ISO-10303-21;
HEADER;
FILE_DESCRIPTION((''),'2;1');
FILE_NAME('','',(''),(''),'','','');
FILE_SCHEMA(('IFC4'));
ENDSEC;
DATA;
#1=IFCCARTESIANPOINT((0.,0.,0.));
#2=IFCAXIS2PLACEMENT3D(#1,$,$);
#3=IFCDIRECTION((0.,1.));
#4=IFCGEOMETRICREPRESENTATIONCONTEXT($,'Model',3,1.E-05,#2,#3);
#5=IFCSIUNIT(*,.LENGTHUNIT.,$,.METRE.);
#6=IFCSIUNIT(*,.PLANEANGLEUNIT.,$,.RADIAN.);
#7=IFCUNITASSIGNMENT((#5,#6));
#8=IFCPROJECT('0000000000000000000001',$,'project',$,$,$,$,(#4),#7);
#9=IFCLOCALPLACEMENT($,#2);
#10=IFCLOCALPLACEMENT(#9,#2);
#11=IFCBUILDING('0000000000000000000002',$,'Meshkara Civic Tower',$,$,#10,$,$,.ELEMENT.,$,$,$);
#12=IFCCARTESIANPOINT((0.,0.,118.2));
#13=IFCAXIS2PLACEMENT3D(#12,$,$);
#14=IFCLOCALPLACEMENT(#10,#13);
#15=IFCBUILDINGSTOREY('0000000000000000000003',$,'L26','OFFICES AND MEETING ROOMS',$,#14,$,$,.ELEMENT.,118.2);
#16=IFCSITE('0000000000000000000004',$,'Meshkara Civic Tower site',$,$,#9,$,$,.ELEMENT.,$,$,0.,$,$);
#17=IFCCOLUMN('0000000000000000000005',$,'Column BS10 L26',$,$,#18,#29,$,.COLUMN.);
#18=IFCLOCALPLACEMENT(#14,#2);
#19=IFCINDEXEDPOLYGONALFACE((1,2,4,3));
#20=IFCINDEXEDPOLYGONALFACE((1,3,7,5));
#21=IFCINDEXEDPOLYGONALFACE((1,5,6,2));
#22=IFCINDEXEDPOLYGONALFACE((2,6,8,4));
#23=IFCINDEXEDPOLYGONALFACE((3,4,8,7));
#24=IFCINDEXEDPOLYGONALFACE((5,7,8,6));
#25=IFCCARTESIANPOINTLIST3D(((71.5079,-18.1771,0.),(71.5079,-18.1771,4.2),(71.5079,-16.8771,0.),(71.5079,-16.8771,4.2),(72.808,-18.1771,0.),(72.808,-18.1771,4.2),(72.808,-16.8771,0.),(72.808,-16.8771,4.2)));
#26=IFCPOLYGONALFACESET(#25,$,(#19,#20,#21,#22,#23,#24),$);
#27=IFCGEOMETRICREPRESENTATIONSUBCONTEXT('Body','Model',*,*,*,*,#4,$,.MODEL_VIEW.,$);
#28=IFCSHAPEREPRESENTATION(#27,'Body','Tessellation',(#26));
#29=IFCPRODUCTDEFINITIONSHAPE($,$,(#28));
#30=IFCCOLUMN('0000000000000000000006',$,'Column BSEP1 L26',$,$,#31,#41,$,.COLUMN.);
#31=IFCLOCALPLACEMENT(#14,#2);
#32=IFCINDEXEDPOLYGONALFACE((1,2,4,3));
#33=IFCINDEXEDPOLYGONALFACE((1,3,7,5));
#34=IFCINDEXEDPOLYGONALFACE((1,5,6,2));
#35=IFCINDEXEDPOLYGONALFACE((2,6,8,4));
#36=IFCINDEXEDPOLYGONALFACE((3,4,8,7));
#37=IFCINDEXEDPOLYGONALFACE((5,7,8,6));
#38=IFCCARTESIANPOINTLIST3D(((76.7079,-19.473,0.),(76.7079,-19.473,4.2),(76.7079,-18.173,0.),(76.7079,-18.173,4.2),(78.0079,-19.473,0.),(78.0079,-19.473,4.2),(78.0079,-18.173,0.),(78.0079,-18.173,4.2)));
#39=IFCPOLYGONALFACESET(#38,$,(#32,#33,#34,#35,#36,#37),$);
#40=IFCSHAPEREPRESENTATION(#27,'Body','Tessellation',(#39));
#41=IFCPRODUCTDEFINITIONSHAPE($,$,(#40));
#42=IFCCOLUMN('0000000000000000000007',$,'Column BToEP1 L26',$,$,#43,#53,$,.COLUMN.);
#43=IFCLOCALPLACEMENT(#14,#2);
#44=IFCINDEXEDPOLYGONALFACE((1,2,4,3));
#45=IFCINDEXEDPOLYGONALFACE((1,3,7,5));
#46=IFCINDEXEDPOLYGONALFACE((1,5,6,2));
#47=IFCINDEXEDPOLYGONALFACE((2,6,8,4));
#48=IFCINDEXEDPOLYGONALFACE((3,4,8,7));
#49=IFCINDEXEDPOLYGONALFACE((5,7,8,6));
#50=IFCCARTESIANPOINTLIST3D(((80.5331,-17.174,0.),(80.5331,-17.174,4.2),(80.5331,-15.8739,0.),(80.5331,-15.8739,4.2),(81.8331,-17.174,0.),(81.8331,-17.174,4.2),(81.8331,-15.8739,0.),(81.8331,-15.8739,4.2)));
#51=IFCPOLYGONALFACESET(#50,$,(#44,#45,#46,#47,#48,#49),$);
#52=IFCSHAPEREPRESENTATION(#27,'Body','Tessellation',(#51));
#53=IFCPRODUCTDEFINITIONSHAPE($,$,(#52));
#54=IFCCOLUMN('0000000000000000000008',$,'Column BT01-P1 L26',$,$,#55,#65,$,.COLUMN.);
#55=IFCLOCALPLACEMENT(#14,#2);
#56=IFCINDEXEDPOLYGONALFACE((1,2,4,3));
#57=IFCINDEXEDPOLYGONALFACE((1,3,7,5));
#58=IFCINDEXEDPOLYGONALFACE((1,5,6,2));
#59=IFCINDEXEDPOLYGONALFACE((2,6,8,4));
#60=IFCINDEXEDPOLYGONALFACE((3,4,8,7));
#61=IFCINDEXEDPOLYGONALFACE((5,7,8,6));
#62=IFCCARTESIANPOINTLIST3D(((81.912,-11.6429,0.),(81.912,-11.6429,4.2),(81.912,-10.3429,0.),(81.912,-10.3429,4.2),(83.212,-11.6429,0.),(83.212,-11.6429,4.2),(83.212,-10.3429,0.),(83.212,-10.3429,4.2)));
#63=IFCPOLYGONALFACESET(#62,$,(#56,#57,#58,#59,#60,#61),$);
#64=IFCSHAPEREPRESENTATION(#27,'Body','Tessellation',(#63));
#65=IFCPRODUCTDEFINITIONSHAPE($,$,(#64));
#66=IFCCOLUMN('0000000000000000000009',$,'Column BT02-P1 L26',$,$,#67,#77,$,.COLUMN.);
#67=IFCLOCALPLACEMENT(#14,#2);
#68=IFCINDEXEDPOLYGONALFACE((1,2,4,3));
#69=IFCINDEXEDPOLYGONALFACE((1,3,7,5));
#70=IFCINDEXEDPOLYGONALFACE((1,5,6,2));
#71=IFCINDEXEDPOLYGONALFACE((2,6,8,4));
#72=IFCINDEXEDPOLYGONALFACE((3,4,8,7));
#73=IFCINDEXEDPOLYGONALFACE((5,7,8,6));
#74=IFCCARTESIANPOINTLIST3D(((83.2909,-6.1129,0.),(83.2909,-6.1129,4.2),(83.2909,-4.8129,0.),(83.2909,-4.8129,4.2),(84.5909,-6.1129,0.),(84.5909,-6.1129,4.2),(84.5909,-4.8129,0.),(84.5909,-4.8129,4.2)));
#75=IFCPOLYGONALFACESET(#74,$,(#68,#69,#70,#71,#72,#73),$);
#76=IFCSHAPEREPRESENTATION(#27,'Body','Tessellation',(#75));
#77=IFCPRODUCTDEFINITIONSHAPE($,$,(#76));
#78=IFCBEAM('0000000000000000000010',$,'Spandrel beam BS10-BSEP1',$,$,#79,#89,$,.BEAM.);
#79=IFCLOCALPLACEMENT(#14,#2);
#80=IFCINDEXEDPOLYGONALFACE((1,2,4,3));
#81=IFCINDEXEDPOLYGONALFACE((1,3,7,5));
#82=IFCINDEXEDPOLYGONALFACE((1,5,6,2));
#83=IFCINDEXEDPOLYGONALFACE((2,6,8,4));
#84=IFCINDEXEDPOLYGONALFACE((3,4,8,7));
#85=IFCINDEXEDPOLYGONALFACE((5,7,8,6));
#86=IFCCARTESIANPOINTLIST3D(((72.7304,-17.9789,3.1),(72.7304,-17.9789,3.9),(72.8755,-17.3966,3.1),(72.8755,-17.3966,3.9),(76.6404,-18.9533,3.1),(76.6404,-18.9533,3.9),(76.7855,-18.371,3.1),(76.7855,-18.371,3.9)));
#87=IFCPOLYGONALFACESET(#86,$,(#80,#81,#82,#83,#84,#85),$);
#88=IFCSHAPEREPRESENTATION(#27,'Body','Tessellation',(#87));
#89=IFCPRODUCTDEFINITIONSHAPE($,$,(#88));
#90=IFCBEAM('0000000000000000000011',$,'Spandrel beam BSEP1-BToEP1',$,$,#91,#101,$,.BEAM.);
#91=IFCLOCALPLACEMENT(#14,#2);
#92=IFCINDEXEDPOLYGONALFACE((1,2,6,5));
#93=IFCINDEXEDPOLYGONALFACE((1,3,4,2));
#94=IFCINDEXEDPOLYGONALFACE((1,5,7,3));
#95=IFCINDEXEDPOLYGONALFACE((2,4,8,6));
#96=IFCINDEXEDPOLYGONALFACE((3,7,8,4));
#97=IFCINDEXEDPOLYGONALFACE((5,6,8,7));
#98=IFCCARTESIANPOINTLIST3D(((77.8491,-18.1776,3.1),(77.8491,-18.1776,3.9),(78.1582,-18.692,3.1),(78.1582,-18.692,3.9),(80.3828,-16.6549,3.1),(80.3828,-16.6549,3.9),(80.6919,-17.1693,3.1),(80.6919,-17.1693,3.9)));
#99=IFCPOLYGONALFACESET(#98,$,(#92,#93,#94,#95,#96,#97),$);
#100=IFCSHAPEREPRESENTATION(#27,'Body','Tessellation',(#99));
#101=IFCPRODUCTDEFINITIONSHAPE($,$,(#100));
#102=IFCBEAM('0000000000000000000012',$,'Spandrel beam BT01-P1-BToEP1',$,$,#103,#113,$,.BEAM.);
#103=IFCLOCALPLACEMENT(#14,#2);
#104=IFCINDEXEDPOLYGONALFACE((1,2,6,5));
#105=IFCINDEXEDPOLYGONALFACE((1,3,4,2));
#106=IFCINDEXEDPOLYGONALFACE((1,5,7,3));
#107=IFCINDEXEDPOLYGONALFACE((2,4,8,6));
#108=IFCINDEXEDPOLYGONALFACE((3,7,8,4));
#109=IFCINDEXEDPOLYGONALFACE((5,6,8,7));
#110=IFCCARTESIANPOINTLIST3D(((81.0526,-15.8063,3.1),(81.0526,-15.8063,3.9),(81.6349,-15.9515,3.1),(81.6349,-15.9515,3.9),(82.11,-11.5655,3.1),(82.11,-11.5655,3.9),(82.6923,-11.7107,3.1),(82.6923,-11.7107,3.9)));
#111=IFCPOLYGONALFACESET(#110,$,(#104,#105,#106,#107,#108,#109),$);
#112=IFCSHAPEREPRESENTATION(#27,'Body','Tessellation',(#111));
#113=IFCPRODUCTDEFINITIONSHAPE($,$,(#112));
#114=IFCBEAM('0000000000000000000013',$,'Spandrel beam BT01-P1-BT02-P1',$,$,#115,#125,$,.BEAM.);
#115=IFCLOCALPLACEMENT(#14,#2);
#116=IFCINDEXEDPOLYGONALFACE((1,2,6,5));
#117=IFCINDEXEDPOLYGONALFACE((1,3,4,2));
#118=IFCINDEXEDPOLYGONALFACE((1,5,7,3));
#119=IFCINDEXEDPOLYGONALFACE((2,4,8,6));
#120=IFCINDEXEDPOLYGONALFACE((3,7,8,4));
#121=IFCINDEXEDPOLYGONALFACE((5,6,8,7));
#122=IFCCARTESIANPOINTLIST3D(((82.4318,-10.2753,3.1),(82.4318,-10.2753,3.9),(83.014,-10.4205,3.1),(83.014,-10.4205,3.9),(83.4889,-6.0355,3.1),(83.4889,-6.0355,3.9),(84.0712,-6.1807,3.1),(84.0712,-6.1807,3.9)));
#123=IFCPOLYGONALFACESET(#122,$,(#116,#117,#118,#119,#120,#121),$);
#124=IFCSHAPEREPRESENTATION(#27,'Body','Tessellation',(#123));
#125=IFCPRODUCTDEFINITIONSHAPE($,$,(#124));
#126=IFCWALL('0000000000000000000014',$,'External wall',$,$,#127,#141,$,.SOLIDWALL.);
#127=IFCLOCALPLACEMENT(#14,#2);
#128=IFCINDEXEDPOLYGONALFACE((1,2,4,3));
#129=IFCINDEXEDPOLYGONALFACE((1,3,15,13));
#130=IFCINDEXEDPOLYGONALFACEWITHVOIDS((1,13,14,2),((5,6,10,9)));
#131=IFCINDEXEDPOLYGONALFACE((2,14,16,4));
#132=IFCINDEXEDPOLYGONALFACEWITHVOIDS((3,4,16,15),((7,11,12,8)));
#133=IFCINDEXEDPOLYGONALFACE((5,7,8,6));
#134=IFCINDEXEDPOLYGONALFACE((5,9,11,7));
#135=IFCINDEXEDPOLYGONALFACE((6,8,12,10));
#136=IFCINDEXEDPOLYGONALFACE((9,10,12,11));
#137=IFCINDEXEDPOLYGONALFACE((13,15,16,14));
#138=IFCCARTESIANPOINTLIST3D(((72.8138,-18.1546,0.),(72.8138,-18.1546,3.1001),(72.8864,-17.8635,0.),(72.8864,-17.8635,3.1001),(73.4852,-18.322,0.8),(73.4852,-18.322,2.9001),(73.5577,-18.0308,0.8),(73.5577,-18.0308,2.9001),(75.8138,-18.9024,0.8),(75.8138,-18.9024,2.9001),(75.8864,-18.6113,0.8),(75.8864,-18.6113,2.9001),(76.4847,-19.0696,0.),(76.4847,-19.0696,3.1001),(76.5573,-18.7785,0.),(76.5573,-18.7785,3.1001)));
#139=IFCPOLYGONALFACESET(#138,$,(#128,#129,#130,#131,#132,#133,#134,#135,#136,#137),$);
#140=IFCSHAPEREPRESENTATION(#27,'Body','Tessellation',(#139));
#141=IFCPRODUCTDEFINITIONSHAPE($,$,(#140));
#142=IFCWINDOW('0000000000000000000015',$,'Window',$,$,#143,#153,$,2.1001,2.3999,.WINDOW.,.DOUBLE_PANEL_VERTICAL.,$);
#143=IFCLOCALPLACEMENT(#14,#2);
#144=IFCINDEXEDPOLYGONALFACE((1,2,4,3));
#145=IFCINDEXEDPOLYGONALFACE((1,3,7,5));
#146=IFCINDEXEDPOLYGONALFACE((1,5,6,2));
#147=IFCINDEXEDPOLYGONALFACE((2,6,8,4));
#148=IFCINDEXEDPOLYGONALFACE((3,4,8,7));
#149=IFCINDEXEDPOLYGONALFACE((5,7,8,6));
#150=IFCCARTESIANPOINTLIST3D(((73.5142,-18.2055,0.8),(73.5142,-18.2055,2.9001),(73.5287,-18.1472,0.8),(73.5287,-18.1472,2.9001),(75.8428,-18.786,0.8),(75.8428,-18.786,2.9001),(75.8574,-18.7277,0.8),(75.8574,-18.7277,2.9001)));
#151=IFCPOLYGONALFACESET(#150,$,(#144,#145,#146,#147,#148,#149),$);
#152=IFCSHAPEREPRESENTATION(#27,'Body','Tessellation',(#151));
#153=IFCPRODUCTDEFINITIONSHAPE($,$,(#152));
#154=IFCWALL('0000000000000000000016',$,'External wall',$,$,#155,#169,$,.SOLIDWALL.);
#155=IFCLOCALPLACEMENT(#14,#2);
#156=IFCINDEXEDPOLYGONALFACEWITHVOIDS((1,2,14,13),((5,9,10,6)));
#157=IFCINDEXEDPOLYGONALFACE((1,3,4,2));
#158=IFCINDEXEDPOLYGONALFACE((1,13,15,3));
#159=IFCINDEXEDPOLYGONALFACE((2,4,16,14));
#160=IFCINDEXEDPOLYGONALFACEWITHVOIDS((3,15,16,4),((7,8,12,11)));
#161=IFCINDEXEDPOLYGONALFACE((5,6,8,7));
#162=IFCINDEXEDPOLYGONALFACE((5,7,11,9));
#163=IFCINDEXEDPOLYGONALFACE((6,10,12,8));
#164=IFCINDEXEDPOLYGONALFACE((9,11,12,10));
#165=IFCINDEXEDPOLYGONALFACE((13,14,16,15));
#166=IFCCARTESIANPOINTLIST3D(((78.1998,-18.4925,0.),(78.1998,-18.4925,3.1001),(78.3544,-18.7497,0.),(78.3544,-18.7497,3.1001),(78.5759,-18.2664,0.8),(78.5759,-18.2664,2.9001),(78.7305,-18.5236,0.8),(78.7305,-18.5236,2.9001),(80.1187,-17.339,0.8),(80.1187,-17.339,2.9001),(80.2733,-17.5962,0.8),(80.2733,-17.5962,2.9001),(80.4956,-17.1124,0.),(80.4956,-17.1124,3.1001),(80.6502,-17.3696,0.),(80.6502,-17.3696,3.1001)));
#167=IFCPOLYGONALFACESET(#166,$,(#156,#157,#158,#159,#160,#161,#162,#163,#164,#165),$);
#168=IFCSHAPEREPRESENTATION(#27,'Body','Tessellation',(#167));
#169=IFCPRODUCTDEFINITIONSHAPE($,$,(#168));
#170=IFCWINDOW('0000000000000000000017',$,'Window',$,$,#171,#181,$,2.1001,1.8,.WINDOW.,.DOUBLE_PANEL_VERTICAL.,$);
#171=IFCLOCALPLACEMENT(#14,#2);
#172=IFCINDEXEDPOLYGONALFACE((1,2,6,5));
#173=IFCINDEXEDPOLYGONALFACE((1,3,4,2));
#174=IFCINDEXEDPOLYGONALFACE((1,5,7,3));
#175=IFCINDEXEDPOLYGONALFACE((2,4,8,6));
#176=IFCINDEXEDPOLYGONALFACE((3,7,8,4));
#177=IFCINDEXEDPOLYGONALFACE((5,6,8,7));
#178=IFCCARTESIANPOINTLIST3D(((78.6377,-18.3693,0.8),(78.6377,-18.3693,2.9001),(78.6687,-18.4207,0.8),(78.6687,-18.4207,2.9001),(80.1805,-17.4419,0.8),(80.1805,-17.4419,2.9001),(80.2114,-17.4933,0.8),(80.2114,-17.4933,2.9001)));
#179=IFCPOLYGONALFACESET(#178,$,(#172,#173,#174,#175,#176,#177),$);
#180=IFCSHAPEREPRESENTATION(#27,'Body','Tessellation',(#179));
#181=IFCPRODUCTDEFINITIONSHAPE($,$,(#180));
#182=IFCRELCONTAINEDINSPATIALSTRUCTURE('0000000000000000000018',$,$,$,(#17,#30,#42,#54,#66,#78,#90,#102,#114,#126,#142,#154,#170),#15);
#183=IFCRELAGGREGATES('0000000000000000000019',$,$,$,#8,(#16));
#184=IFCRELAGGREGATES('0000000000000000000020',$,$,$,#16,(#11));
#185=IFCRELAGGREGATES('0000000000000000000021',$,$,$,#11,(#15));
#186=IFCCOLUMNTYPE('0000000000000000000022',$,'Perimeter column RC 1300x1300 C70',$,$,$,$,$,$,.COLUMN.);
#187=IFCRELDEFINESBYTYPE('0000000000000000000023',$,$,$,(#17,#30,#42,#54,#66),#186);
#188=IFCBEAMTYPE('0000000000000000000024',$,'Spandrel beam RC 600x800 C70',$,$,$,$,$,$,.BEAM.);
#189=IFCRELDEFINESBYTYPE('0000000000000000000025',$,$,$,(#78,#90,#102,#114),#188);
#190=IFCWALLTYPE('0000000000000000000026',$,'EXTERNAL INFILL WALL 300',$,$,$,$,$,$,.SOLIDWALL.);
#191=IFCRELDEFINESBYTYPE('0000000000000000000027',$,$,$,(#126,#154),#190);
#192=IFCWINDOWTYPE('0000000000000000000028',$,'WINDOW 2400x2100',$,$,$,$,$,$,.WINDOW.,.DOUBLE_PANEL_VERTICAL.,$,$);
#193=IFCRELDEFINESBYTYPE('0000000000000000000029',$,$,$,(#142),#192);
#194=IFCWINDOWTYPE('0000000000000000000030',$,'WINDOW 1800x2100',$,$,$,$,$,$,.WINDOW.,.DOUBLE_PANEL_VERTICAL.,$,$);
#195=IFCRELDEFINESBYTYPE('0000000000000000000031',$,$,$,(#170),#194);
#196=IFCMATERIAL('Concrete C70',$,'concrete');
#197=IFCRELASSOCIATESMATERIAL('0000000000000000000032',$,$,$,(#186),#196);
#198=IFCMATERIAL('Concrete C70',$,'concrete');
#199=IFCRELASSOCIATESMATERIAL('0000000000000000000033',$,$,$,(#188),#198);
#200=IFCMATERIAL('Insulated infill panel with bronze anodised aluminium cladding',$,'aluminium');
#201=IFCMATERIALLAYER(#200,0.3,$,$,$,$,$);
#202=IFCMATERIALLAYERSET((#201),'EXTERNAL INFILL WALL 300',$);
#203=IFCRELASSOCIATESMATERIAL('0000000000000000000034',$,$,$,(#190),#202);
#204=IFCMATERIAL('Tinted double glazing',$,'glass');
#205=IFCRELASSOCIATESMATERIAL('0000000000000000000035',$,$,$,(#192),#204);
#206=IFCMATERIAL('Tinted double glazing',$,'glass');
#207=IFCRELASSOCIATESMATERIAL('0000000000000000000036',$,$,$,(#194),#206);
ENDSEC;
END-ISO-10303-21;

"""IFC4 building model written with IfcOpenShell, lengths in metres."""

from ifc_helpers import new_model, si_unit, direction, frame, frame_2d, origin, origin_2d, place, context, subcontext, project, spatial, rectangle, extrude, material, layer, layer_set, material_profile, profile_set, type_object, element, fill, save


model = new_model("IFC4")

# Units and contexts
model_context = context("Model", 3, precision=1e-05, world=origin(), true_north=direction((0.0, 1.0)))
body_context = subcontext(model_context, "Body", "Model", "MODEL_VIEW")
ifc_project = project(units=[si_unit("LENGTHUNIT", "METRE"), si_unit("PLANEANGLEUNIT", "RADIAN")], contexts=[model_context])

# Site, building, storey
site_placement = place(None, origin())
site = spatial("IfcSite", under=ifc_project, at=site_placement, Name="Meshkara Civic Tower site", CompositionType="ELEMENT", RefElevation=0.0)
building_placement = place(site_placement, origin())
building = spatial("IfcBuilding", under=site, at=building_placement, Name="Meshkara Civic Tower", CompositionType="ELEMENT")
storey_placement = place(building_placement, frame((0.0, 0.0, 118.2)))
storey = spatial("IfcBuildingStorey", under=building, at=storey_placement, Name="L26", Description="OFFICES AND MEETING ROOMS", CompositionType="ELEMENT", Elevation=118.2)

# Columns
ifc_material_1 = material(Name="Concrete C70", Category="concrete")
ifc_material_profile_1 = material_profile(ifc_material_1, rectangle(XDim=1.3, YDim=1.3, at=origin_2d()))
ifc_profile_set_1 = profile_set([ifc_material_profile_1], Name="Concrete C70")
column_type = type_object("IfcColumnType", Name="Perimeter column RC 1300x1300 C70", PredefinedType="COLUMN", material=ifc_profile_set_1)
for number, where, z_axis, x_axis, name in (
    (1, (72.158, -17.5271, 0.0), (0.0, 0.0, 1.0), (1.0, 0.0, 0.0), "Column BS10 L26"),
    (2, (77.3579, -18.823, 0.0), (0.0, 0.0, 1.0), (1.0, 0.0, 0.0), "Column BSEP1 L26"),
    (3, (81.1831, -16.5239, 0.0), (0.0, 0.0, 1.0), (1.0, 0.0, 0.0), "Column BToEP1 L26"),
    (4, (82.562, -10.9929, 0.0), (0.0, 0.0, 1.0), (1.0, 0.0, 0.0), "Column BT01-P1 L26"),
    (5, (83.9409, -5.4629, 0.0), (0.0, 0.0, 1.0), (1.0, 0.0, 0.0), "Column BT02-P1 L26"),
):
    element("IfcColumn", number, at=place(storey_placement, frame(where, z_axis=z_axis, x_axis=x_axis)), inside=storey, type_object=column_type, Name=name, PredefinedType="COLUMN", context=body_context, shape_type="SweptSolid", body=[
        extrude(rectangle(XDim=1.3, YDim=1.3, at=origin_2d()), origin(), (0.0, 0.0, 1.0), 4.2),
    ])

# Beams
ifc_material_2 = material(Name="Concrete C70", Category="concrete")
ifc_material_profile_2 = material_profile(ifc_material_2, rectangle(XDim=0.6001, YDim=0.8, at=origin_2d()))
ifc_profile_set_2 = profile_set([ifc_material_profile_2], Name="Concrete C70")
beam_type = type_object("IfcBeamType", Name="Spandrel beam RC 600x800 C70", PredefinedType="BEAM", material=ifc_profile_set_2)
beam_1_placement = place(storey_placement, frame((72.803, -17.6877, 3.5), z_axis=(0.970324, -0.241808, 0.0), x_axis=(0.241808, 0.970324, 0.0)))
element("IfcBeam", 6, at=beam_1_placement, inside=storey, type_object=beam_type, Name="Spandrel beam BS10-BSEP1", PredefinedType="BEAM", context=body_context, shape_type="SweptSolid", body=[
    extrude(rectangle(XDim=0.6001, YDim=0.8, at=origin_2d()), origin(), (0.0, 0.0, 1.0), 4.0295),
])
beam_2_placement = place(storey_placement, frame((78.0037, -18.4348, 3.5), z_axis=(0.857121, 0.515115, 0.0), x_axis=(-0.515115, 0.857121, 0.0)))
element("IfcBeam", 7, at=beam_2_placement, inside=storey, type_object=beam_type, Name="Spandrel beam BSEP1-BToEP1", PredefinedType="BEAM", context=body_context, shape_type="SweptSolid", body=[
    extrude(rectangle(XDim=0.6001, YDim=0.8, at=origin_2d()), origin(), (0.0, 0.0, 1.0), 2.9561),
])
beam_3_placement = place(storey_placement, frame((81.3438, -15.8789, 3.5), z_axis=(0.241931, 0.970293, 0.0), x_axis=(-0.970293, 0.241931, 0.0)))
element("IfcBeam", 8, at=beam_3_placement, inside=storey, type_object=beam_type, Name="Spandrel beam BT01-P1-BToEP1", PredefinedType="BEAM", context=body_context, shape_type="SweptSolid", body=[
    extrude(rectangle(XDim=0.6001, YDim=0.8, at=origin_2d()), origin(), (0.0, 0.0, 1.0), 4.3706),
])
beam_4_placement = place(storey_placement, frame((82.7229, -10.3479, 3.5), z_axis=(0.241931, 0.970293, 0.0), x_axis=(-0.970293, 0.241931, 0.0)))
element("IfcBeam", 9, at=beam_4_placement, inside=storey, type_object=beam_type, Name="Spandrel beam BT01-P1-BT02-P1", PredefinedType="BEAM", context=body_context, shape_type="SweptSolid", body=[
    extrude(rectangle(XDim=0.6001, YDim=0.8, at=origin_2d()), origin(), (0.0, 0.0, 1.0), 4.3696),
])

# Walls, openings, windows
ifc_material_3 = material(Name="Insulated infill panel with bronze anodised aluminium cladding", Category="aluminium")
ifc_layer_1 = layer(ifc_material_3, 0.3)
ifc_layer_set_1 = layer_set([ifc_layer_1], Name="EXTERNAL INFILL WALL 300")
wall_type_1 = type_object("IfcWallType", Name="EXTERNAL INFILL WALL 300", PredefinedType="SOLIDWALL", material=ifc_layer_set_1)
wall_1_placement = place(storey_placement, frame((72.8501, -18.009, 0.0), z_axis=(0.0, 0.0, 1.0), x_axis=(0.970309, -0.241867, 0.0)))
wall_1 = element("IfcWall", 10, at=wall_1_placement, inside=storey, type_object=wall_type_1, Name="External wall", PredefinedType="SOLIDWALL", context=body_context, shape_type="SweptSolid", body=[
    extrude(rectangle(XDim=3.7832, YDim=0.3, at=frame_2d((1.8916, 0.0))), origin(), (0.0, 0.0, 1.0), 3.1001),
])
opening_1_placement = place(wall_1_placement, frame((0.6919, 0.0, 0.8)))
opening_1 = element("IfcOpeningElement", 11, at=opening_1_placement, cuts=wall_1, PredefinedType="OPENING", context=body_context, shape_type="SweptSolid", body=[
    extrude(rectangle(XDim=2.3999, YDim=2.1001, at=frame_2d((1.2, 1.05))), frame((0.0, 0.1599, 0.0), z_axis=(0.0, -1.0, 0.0), x_axis=(1.0, 0.0, 0.0)), (0.0, 0.0, 1.0), 0.3201),
])
ifc_material_4 = material(Name="Tinted double glazing", Category="glass")
window_type_1 = type_object("IfcWindowType", Name="WINDOW 2400x2100", PartitioningType="DOUBLE_PANEL_VERTICAL", PredefinedType="WINDOW", material=ifc_material_4)
window_1_placement = place(opening_1_placement, origin())
window_1 = element("IfcWindow", 12, at=window_1_placement, inside=storey, type_object=window_type_1, Name="Window", OverallHeight=2.1001, OverallWidth=2.3999, PartitioningType="DOUBLE_PANEL_VERTICAL", PredefinedType="WINDOW", context=body_context, shape_type="SweptSolid", body=[
    extrude(rectangle(XDim=2.3999, YDim=2.1001, at=frame_2d((1.2, 1.05))), frame((0.0, 0.03, 0.0), z_axis=(0.0, -1.0, 0.0), x_axis=(1.0, 0.0, 0.0)), (0.0, 0.0, 1.0), 0.0601),
])
fill(opening_1, window_1)
wall_2_placement = place(storey_placement, frame((78.2771, -18.6211, 0.0), z_axis=(0.0, 0.0, 1.0), x_axis=(0.857066, 0.515206, 0.0)))
wall_2 = element("IfcWall", 13, at=wall_2_placement, inside=storey, type_object=wall_type_1, Name="External wall", PredefinedType="SOLIDWALL", context=body_context, shape_type="SweptSolid", body=[
    extrude(rectangle(XDim=2.6787, YDim=0.3, at=frame_2d((1.3394, 0.0))), origin(), (0.0, 0.0, 1.0), 3.1001),
])
opening_2_placement = place(wall_2_placement, frame((0.439, 0.0, 0.8)))
opening_2 = element("IfcOpeningElement", 14, at=opening_2_placement, cuts=wall_2, PredefinedType="OPENING", context=body_context, shape_type="SweptSolid", body=[
    extrude(rectangle(XDim=1.8, YDim=2.1001, at=frame_2d((0.8999, 1.05))), frame((0.0, 0.1599, 0.0), z_axis=(0.0, -1.0, 0.0), x_axis=(1.0, 0.0, 0.0)), (0.0, 0.0, 1.0), 0.3201),
])
ifc_material_5 = material(Name="Tinted double glazing", Category="glass")
window_type_2 = type_object("IfcWindowType", Name="WINDOW 1800x2100", PartitioningType="DOUBLE_PANEL_VERTICAL", PredefinedType="WINDOW", material=ifc_material_5)
window_2_placement = place(opening_2_placement, origin())
window_2 = element("IfcWindow", 15, at=window_2_placement, inside=storey, type_object=window_type_2, Name="Window", OverallHeight=2.1001, OverallWidth=1.8, PartitioningType="DOUBLE_PANEL_VERTICAL", PredefinedType="WINDOW", context=body_context, shape_type="SweptSolid", body=[
    extrude(rectangle(XDim=1.8, YDim=2.1001, at=frame_2d((0.8999, 1.05))), frame((0.0, 0.03, 0.0), z_axis=(0.0, -1.0, 0.0), x_axis=(1.0, 0.0, 0.0)), (0.0, 0.0, 1.0), 0.0601),
])
fill(opening_2, window_2)

save(model, "model.ifc")
